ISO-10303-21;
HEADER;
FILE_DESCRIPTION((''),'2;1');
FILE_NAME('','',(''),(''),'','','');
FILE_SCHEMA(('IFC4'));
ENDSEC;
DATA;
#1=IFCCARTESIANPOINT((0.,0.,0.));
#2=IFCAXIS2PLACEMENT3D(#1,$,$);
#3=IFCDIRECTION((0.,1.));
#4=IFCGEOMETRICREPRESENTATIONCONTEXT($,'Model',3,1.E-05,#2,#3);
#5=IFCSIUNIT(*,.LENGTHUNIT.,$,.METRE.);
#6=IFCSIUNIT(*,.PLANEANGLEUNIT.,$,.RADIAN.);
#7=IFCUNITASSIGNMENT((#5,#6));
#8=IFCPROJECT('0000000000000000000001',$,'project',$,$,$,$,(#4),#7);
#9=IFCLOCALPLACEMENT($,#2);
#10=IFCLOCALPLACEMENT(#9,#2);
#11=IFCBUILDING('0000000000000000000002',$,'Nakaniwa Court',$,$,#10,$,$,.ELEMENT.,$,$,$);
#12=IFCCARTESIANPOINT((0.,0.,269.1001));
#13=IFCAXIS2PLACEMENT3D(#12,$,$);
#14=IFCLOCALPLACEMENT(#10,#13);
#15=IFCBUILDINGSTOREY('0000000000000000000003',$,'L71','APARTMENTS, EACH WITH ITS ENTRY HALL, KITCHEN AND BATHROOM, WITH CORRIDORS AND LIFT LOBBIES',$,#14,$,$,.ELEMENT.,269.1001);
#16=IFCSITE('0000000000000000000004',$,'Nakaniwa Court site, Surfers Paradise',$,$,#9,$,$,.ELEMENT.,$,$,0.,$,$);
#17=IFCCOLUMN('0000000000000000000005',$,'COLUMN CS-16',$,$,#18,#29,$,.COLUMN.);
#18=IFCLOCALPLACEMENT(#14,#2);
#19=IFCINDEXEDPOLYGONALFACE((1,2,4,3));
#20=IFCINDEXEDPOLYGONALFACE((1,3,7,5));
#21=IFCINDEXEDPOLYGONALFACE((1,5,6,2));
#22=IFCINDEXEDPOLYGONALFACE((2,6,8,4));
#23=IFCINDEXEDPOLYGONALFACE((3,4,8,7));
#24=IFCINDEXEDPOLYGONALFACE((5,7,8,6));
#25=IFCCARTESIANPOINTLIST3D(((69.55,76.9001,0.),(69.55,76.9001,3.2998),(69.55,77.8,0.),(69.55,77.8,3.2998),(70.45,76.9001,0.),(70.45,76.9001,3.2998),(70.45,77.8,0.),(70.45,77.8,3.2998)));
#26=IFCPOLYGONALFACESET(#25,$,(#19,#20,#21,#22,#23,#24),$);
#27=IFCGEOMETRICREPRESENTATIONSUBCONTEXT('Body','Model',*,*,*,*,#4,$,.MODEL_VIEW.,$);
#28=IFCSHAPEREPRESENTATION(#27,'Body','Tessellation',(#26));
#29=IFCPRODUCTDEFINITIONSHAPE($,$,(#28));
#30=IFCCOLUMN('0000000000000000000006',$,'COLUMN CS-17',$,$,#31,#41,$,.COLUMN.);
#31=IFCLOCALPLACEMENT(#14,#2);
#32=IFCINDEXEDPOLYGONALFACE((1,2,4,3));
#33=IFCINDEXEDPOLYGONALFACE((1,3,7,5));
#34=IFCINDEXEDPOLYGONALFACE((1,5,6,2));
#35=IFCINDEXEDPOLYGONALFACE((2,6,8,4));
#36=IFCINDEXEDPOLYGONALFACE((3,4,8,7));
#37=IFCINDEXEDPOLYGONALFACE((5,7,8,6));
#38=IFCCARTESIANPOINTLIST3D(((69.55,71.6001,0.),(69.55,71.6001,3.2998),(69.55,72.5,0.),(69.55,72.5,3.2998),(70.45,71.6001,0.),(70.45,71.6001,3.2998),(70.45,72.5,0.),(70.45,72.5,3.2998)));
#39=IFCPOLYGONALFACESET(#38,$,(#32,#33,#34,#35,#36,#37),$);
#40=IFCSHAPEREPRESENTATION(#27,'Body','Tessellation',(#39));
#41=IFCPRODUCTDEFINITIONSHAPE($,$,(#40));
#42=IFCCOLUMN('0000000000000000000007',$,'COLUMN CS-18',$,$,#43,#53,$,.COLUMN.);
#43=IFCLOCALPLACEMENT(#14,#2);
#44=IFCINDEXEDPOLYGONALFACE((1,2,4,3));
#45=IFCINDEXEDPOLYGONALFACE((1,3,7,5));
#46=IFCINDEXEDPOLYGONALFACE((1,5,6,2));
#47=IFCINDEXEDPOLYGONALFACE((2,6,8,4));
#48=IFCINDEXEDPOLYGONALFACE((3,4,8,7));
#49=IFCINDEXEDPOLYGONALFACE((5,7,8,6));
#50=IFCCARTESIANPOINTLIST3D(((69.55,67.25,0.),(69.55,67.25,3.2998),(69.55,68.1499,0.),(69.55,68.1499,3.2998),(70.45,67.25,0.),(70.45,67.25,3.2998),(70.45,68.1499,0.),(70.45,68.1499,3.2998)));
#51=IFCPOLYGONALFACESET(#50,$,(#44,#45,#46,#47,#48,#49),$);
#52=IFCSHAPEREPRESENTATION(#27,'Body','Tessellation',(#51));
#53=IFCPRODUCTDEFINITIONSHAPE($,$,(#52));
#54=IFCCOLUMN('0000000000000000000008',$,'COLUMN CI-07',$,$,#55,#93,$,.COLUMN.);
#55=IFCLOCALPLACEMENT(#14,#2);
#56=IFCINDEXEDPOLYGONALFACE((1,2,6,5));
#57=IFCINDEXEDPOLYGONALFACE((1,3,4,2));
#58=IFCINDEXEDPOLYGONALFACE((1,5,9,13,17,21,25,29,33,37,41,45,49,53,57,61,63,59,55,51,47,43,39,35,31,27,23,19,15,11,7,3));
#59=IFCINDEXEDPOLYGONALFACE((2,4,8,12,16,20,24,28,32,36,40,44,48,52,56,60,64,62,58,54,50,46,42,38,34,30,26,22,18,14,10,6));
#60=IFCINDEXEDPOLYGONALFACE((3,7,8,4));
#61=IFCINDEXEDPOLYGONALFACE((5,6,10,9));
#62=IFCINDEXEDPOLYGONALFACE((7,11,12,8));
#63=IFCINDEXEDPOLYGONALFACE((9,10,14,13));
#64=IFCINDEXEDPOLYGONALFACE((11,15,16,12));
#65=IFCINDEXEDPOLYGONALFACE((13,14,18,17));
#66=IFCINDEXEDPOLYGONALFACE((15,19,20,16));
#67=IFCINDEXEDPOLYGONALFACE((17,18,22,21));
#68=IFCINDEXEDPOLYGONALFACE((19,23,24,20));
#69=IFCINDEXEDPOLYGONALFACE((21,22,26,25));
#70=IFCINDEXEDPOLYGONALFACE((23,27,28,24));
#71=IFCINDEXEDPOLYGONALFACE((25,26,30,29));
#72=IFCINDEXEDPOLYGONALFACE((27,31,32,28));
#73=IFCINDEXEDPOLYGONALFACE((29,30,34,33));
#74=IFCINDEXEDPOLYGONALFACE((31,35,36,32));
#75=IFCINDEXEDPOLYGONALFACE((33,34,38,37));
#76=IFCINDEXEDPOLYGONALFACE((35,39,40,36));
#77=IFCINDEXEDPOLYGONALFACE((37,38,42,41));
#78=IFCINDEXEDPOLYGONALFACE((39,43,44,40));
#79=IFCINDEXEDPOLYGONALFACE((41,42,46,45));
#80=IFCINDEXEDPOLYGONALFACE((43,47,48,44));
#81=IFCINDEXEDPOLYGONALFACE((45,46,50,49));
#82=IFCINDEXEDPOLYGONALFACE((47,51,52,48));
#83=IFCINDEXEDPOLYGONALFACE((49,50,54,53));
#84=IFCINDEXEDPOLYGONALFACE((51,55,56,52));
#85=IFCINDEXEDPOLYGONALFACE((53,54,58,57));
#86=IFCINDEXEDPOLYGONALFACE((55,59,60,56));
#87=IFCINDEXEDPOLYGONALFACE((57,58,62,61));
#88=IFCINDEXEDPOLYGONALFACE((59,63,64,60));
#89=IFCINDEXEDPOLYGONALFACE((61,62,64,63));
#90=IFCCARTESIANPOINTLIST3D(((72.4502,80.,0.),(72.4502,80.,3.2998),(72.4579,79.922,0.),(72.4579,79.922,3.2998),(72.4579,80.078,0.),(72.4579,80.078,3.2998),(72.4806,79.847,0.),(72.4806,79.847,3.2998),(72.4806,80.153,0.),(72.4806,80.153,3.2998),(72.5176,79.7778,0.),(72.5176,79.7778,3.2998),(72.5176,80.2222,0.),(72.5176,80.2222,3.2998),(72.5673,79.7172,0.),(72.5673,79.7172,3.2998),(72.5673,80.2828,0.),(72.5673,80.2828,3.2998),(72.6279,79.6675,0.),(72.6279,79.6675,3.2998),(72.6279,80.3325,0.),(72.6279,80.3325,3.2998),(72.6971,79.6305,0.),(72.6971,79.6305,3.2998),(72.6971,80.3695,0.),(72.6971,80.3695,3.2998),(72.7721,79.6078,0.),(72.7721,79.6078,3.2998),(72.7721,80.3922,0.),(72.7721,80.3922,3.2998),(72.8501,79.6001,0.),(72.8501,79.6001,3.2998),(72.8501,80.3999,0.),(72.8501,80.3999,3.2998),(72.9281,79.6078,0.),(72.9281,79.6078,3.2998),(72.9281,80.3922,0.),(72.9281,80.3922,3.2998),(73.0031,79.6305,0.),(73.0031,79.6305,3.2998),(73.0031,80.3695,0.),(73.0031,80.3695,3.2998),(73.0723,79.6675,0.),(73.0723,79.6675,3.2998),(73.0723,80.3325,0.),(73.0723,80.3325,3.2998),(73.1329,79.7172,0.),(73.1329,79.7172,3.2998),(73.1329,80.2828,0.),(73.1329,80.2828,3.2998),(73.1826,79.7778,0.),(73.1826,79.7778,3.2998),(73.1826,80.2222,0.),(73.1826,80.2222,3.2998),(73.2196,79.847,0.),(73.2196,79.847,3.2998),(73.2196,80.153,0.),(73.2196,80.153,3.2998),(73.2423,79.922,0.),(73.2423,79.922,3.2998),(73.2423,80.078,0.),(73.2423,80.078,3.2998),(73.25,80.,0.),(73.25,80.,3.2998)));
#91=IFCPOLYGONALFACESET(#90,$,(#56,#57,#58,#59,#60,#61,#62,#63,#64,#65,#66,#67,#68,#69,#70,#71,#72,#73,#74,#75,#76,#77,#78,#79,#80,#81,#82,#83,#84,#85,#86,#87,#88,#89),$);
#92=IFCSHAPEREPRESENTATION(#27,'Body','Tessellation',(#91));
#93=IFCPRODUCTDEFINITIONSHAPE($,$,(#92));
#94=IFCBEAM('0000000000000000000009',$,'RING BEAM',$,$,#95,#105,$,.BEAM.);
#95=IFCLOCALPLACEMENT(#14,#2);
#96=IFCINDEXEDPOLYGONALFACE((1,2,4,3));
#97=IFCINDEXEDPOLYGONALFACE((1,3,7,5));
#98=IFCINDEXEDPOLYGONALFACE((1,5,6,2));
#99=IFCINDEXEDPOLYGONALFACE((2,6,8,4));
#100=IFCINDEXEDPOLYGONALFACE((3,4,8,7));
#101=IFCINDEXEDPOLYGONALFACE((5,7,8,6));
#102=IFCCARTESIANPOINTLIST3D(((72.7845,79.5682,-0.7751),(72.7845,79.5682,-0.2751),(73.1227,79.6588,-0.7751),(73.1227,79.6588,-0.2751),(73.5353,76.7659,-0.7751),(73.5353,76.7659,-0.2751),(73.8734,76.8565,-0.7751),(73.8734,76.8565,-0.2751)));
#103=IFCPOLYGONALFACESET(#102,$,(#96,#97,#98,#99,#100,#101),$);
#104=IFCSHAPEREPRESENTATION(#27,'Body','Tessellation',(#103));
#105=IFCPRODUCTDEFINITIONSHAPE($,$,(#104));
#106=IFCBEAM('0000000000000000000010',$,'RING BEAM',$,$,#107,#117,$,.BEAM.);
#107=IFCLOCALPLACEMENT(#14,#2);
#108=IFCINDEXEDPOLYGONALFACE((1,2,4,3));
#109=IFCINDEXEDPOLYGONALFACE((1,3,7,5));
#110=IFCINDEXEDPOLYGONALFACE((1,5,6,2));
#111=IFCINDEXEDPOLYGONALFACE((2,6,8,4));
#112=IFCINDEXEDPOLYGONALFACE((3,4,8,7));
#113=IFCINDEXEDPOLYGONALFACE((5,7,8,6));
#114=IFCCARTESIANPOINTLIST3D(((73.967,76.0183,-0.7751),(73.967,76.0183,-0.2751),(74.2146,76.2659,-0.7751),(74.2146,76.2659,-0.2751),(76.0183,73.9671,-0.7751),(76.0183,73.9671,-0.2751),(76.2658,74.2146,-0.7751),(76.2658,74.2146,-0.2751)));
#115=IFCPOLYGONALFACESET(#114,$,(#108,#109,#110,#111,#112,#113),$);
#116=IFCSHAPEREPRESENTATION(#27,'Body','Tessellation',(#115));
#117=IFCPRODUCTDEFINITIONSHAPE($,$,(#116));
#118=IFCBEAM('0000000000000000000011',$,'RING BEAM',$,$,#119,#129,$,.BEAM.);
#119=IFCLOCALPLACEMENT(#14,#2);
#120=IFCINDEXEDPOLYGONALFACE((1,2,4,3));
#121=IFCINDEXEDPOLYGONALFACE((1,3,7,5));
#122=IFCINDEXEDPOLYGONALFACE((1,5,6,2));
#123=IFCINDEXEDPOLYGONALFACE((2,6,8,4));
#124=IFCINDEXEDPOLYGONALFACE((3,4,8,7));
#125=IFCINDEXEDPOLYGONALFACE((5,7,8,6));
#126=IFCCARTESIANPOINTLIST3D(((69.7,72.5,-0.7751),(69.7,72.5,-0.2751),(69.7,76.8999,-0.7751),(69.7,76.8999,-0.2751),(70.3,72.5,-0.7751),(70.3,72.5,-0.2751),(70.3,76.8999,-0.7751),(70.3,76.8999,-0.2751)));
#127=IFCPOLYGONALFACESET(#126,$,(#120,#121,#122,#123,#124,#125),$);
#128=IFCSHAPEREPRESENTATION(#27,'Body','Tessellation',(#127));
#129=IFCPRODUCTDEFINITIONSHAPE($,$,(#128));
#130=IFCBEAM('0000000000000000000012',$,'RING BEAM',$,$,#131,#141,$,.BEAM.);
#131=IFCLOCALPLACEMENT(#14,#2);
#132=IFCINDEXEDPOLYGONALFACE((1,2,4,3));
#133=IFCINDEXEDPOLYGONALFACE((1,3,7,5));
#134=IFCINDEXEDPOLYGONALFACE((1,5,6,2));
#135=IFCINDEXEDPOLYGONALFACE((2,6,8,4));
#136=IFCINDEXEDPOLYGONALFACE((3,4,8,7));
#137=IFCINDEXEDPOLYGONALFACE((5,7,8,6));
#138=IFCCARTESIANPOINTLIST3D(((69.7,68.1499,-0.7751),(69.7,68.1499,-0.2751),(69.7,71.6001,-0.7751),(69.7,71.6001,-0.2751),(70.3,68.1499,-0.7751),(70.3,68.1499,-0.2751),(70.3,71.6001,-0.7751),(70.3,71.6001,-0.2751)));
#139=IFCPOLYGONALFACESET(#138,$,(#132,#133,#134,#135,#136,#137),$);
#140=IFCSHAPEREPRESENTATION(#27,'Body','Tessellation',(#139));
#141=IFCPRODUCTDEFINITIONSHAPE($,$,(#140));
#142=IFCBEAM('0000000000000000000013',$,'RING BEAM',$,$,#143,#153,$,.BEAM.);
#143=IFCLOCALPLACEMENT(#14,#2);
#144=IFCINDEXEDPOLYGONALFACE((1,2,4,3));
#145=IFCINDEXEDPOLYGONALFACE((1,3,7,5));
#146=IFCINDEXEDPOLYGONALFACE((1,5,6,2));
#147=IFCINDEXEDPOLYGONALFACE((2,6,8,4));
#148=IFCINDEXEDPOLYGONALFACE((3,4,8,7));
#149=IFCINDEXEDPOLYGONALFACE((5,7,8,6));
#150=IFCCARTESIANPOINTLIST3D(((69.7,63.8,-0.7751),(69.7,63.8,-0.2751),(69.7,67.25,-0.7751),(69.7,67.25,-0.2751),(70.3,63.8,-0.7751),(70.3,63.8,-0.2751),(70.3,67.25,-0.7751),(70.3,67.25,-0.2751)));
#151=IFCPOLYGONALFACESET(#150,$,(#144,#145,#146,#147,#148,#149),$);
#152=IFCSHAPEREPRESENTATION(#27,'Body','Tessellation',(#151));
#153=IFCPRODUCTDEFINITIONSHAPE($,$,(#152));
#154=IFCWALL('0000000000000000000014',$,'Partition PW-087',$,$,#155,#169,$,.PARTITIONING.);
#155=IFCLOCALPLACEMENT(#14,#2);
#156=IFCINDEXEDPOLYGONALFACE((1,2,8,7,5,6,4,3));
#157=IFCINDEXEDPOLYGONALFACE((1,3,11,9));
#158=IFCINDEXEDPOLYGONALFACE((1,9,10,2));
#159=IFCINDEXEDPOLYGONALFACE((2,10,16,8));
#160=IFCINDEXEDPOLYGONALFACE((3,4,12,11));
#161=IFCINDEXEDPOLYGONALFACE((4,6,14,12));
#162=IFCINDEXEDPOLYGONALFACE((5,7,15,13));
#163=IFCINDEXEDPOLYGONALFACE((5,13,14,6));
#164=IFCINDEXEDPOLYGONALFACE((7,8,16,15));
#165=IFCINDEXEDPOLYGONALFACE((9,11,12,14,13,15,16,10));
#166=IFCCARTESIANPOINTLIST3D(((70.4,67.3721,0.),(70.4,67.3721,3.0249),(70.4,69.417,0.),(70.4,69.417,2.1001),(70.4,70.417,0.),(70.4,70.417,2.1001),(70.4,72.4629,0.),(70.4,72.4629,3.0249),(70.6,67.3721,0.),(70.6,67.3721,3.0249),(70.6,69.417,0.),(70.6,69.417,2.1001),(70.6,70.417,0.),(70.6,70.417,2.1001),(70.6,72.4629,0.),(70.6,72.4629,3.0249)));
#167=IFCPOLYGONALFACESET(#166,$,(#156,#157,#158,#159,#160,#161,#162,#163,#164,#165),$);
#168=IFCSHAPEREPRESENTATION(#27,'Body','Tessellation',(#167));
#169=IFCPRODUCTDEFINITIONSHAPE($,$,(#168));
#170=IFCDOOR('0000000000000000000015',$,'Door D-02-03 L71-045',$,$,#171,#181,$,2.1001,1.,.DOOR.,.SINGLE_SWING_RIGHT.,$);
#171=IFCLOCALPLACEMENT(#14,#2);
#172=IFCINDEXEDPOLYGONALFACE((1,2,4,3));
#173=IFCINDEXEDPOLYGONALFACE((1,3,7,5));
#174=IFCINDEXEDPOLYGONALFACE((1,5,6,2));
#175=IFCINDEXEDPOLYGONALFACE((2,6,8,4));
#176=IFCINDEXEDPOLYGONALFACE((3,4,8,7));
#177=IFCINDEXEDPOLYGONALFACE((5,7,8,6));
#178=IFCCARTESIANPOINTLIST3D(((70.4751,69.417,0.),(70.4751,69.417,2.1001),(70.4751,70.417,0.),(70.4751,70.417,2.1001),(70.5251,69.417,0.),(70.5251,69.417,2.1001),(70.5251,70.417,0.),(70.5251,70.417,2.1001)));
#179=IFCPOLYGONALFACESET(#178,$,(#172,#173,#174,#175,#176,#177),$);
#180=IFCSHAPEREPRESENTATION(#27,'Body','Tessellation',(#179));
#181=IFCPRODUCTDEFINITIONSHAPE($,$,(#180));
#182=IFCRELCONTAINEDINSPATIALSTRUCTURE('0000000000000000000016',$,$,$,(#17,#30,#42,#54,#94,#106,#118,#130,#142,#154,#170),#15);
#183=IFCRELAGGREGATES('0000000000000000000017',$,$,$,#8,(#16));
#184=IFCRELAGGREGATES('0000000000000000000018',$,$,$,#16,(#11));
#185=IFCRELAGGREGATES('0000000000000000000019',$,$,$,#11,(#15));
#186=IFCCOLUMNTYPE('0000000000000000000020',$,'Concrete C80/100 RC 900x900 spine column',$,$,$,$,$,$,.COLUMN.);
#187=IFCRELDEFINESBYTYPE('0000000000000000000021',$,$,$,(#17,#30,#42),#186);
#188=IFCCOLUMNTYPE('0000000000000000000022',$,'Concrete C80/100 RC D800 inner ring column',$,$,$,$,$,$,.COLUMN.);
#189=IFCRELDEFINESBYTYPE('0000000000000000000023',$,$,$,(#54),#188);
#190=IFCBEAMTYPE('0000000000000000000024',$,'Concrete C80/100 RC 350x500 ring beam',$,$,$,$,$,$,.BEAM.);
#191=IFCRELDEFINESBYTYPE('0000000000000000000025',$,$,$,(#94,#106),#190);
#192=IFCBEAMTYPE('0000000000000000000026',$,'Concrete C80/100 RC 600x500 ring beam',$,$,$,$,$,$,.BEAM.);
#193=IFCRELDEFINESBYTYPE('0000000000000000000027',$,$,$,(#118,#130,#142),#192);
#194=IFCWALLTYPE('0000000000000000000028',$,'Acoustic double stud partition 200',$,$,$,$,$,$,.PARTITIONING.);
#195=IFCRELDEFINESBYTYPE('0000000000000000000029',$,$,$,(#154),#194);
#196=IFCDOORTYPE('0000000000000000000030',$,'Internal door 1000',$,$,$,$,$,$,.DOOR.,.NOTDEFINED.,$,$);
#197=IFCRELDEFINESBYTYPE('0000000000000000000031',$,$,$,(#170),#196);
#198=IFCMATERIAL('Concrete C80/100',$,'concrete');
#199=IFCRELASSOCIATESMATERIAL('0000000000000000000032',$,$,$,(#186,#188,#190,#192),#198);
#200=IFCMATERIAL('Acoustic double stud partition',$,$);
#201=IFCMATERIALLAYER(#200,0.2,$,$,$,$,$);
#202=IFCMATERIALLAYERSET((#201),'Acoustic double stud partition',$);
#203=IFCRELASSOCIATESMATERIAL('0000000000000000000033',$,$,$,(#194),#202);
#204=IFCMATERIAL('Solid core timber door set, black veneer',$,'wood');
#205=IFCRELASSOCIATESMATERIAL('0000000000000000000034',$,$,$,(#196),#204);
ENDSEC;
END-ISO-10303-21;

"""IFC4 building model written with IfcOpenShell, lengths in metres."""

from ifc_helpers import new_model, si_unit, direction, frame, frame_2d, origin, origin_2d, place, context, subcontext, project, spatial, rectangle, circle, extrude, material, layer, layer_set, material_profile, profile_set, type_object, element, fill, save


model = new_model("IFC4")

# Units and contexts
model_context = context("Model", 3, precision=1e-05, world=origin(), true_north=direction((0.0, 1.0)))
body_context = subcontext(model_context, "Body", "Model", "MODEL_VIEW")
ifc_project = project(units=[si_unit("LENGTHUNIT", "METRE"), si_unit("PLANEANGLEUNIT", "RADIAN")], contexts=[model_context])

# Site, building, storey
site_placement = place(None, origin())
site = spatial("IfcSite", under=ifc_project, at=site_placement, Name="Nakaniwa Court site, Surfers Paradise", CompositionType="ELEMENT", RefElevation=0.0)
building_placement = place(site_placement, origin())
building = spatial("IfcBuilding", under=site, at=building_placement, Name="Nakaniwa Court", CompositionType="ELEMENT")
storey_placement = place(building_placement, frame((0.0, 0.0, 269.1001)))
storey = spatial("IfcBuildingStorey", under=building, at=storey_placement, Name="L71", Description="APARTMENTS, EACH WITH ITS ENTRY HALL, KITCHEN AND BATHROOM, WITH CORRIDORS AND LIFT LOBBIES", CompositionType="ELEMENT", Elevation=269.1001)

# Columns
ifc_material_1 = material(Name="Concrete C80/100", Category="concrete")
ifc_material_profile_1 = material_profile(ifc_material_1, rectangle(XDim=0.8999, YDim=0.8999, at=origin_2d()), Name="Concrete C80/100 RC 900x900 spine column")
ifc_profile_set_1 = profile_set([ifc_material_profile_1], Name="Concrete C80/100")
column_type_1 = type_object("IfcColumnType", Name="Concrete C80/100 RC 900x900 spine column", PredefinedType="COLUMN", material=ifc_profile_set_1)
for number, where, z_axis, x_axis, name in (
    (1, (70.0, 77.3501, 0.0), (0.0, 0.0, 1.0), (0.0, -1.0, 0.0), "COLUMN CS-16"),
    (2, (70.0, 72.05, 0.0), (0.0, 0.0, 1.0), (0.0, -1.0, 0.0), "COLUMN CS-17"),
    (3, (70.0, 67.7, 0.0), (0.0, 0.0, 1.0), (0.0, -1.0, 0.0), "COLUMN CS-18"),
):
    element("IfcColumn", number, at=place(storey_placement, frame(where, z_axis=z_axis, x_axis=x_axis)), inside=storey, type_object=column_type_1, Name=name, PredefinedType="COLUMN", context=body_context, shape_type="SweptSolid", body=[
        extrude(rectangle(XDim=0.8999, YDim=0.8999, at=origin_2d()), origin(), (0.0, 0.0, 1.0), 3.2998),
    ])
ifc_material_profile_2 = material_profile(ifc_material_1, circle(Radius=0.3999, at=origin_2d()), Name="Concrete C80/100 RC D800 inner ring column")
ifc_profile_set_2 = profile_set([ifc_material_profile_2], Name="Concrete C80/100")
column_type_2 = type_object("IfcColumnType", Name="Concrete C80/100 RC D800 inner ring column", PredefinedType="COLUMN", material=ifc_profile_set_2)
for number, where, z_axis, x_axis, name in (
    (4, (72.8501, 80.0, 0.0), (0.0, 0.0, 1.0), (0.0, -1.0, 0.0), "COLUMN CI-07"),
):
    element("IfcColumn", number, at=place(storey_placement, frame(where, z_axis=z_axis, x_axis=x_axis)), inside=storey, type_object=column_type_2, Name=name, PredefinedType="COLUMN", context=body_context, shape_type="SweptSolid", body=[
        extrude(circle(Radius=0.3999, at=origin_2d()), origin(), (0.0, 0.0, 1.0), 3.2998),
    ])

# Beams
ifc_material_profile_3 = material_profile(ifc_material_1, rectangle(XDim=0.3501, YDim=0.5, at=origin_2d()), Name="Concrete C80/100 RC 350x500 ring beam")
ifc_profile_set_3 = profile_set([ifc_material_profile_3], Name="Concrete C80/100")
beam_type_1 = type_object("IfcBeamType", Name="Concrete C80/100 RC 350x500 ring beam", PredefinedType="BEAM", material=ifc_profile_set_3)
beam_1_placement = place(storey_placement, frame((72.9536, 79.6135, -0.5251), z_axis=(0.258778, -0.965937, 0.0), x_axis=(0.965937, 0.258778, 0.0)))
element("IfcBeam", 5, at=beam_1_placement, inside=storey, type_object=beam_type_1, Name="RING BEAM", PredefinedType="BEAM", context=body_context, shape_type="SweptSolid", body=[
    extrude(rectangle(XDim=0.3501, YDim=0.5, at=origin_2d()), origin(), (0.0, 0.0, 1.0), 2.9011),
])
beam_2_placement = place(storey_placement, frame((74.0908, 76.1421, -0.5251), z_axis=(0.707107, -0.707107, 0.0), x_axis=(0.707107, 0.707107, 0.0)))
element("IfcBeam", 6, at=beam_2_placement, inside=storey, type_object=beam_type_1, Name="RING BEAM", PredefinedType="BEAM", context=body_context, shape_type="SweptSolid", body=[
    extrude(rectangle(XDim=0.3501, YDim=0.5, at=origin_2d()), origin(), (0.0, 0.0, 1.0), 2.9009),
])
ifc_material_profile_4 = material_profile(ifc_material_1, rectangle(XDim=0.6001, YDim=0.5, at=origin_2d()), Name="Concrete C80/100 RC 600x500 ring beam")
ifc_profile_set_4 = profile_set([ifc_material_profile_4], Name="Concrete C80/100")
beam_type_2 = type_object("IfcBeamType", Name="Concrete C80/100 RC 600x500 ring beam", PredefinedType="BEAM", material=ifc_profile_set_4)
beam_3_placement = place(storey_placement, frame((70.0, 76.8999, -0.5251), z_axis=(0.0, -1.0, 0.0), x_axis=(1.0, 0.0, 0.0)))
element("IfcBeam", 7, at=beam_3_placement, inside=storey, type_object=beam_type_2, Name="RING BEAM", PredefinedType="BEAM", context=body_context, shape_type="SweptSolid", body=[
    extrude(rectangle(XDim=0.6001, YDim=0.5, at=origin_2d()), origin(), (0.0, 0.0, 1.0), 4.3999),
])
beam_4_placement = place(storey_placement, frame((70.0, 71.6001, -0.5251), z_axis=(0.0, -1.0, 0.0), x_axis=(1.0, 0.0, 0.0)))
element("IfcBeam", 8, at=beam_4_placement, inside=storey, type_object=beam_type_2, Name="RING BEAM", PredefinedType="BEAM", context=body_context, shape_type="SweptSolid", body=[
    extrude(rectangle(XDim=0.6001, YDim=0.5, at=origin_2d()), origin(), (0.0, 0.0, 1.0), 3.4502),
])
beam_5_placement = place(storey_placement, frame((70.0, 67.25, -0.5251), z_axis=(0.0, -1.0, 0.0), x_axis=(1.0, 0.0, 0.0)))
element("IfcBeam", 9, at=beam_5_placement, inside=storey, type_object=beam_type_2, Name="RING BEAM", PredefinedType="BEAM", context=body_context, shape_type="SweptSolid", body=[
    extrude(rectangle(XDim=0.6001, YDim=0.5, at=origin_2d()), origin(), (0.0, 0.0, 1.0), 3.45),
])

# Wall, opening, door
ifc_material_2 = material(Name="Acoustic double stud partition")
ifc_layer_1 = layer(ifc_material_2, 0.2)
ifc_layer_set_1 = layer_set([ifc_layer_1], Name="Acoustic double stud partition")
wall_type_1 = type_object("IfcWallType", Name="Acoustic double stud partition 200", PredefinedType="PARTITIONING", material=ifc_layer_set_1)
wall_1_placement = place(storey_placement, frame((70.5, 67.3721, 0.0), z_axis=(0.0, 0.0, 1.0), x_axis=(0.0, 1.0, 0.0)))
wall_1 = element("IfcWall", 10, at=wall_1_placement, inside=storey, type_object=wall_type_1, Name="Partition PW-087", PredefinedType="PARTITIONING", context=body_context, shape_type="SweptSolid", body=[
    extrude(rectangle(XDim=5.0908, YDim=0.2, at=frame_2d((2.5454, 0.0))), origin(), (0.0, 0.0, 1.0), 3.0249),
])
opening_1_placement = place(wall_1_placement, frame((2.0449, 0.0, 0.0)))
opening_1 = element("IfcOpeningElement", 11, at=opening_1_placement, cuts=wall_1, PredefinedType="OPENING", context=body_context, shape_type="SweptSolid", body=[
    extrude(rectangle(XDim=1.0, YDim=2.1001, at=frame_2d((0.5, 1.05))), frame((0.0, 0.1099, 0.0), z_axis=(0.0, -1.0, 0.0), x_axis=(1.0, 0.0, 0.0)), (0.0, 0.0, 1.0), 0.22),
])
ifc_material_3 = material(Name="Solid core timber door set, black veneer", Category="wood")
door_type_1 = type_object("IfcDoorType", Name="Internal door 1000", OperationType="NOTDEFINED", PredefinedType="DOOR", material=ifc_material_3)
door_1_placement = place(opening_1_placement, origin())
door_1 = element("IfcDoor", 12, at=door_1_placement, inside=storey, type_object=door_type_1, Name="Door D-02-03 L71-045", OperationType="SINGLE_SWING_RIGHT", OverallHeight=2.1001, OverallWidth=1.0, PredefinedType="DOOR", context=body_context, shape_type="SweptSolid", body=[
    extrude(rectangle(XDim=1.0, YDim=2.1001, at=frame_2d((0.5, 1.05))), frame((0.0, 0.0249, 0.0), z_axis=(0.0, -1.0, 0.0), x_axis=(1.0, 0.0, 0.0)), (0.0, 0.0, 1.0), 0.05),
])
fill(opening_1, door_1)

save(model, "model.ifc")
